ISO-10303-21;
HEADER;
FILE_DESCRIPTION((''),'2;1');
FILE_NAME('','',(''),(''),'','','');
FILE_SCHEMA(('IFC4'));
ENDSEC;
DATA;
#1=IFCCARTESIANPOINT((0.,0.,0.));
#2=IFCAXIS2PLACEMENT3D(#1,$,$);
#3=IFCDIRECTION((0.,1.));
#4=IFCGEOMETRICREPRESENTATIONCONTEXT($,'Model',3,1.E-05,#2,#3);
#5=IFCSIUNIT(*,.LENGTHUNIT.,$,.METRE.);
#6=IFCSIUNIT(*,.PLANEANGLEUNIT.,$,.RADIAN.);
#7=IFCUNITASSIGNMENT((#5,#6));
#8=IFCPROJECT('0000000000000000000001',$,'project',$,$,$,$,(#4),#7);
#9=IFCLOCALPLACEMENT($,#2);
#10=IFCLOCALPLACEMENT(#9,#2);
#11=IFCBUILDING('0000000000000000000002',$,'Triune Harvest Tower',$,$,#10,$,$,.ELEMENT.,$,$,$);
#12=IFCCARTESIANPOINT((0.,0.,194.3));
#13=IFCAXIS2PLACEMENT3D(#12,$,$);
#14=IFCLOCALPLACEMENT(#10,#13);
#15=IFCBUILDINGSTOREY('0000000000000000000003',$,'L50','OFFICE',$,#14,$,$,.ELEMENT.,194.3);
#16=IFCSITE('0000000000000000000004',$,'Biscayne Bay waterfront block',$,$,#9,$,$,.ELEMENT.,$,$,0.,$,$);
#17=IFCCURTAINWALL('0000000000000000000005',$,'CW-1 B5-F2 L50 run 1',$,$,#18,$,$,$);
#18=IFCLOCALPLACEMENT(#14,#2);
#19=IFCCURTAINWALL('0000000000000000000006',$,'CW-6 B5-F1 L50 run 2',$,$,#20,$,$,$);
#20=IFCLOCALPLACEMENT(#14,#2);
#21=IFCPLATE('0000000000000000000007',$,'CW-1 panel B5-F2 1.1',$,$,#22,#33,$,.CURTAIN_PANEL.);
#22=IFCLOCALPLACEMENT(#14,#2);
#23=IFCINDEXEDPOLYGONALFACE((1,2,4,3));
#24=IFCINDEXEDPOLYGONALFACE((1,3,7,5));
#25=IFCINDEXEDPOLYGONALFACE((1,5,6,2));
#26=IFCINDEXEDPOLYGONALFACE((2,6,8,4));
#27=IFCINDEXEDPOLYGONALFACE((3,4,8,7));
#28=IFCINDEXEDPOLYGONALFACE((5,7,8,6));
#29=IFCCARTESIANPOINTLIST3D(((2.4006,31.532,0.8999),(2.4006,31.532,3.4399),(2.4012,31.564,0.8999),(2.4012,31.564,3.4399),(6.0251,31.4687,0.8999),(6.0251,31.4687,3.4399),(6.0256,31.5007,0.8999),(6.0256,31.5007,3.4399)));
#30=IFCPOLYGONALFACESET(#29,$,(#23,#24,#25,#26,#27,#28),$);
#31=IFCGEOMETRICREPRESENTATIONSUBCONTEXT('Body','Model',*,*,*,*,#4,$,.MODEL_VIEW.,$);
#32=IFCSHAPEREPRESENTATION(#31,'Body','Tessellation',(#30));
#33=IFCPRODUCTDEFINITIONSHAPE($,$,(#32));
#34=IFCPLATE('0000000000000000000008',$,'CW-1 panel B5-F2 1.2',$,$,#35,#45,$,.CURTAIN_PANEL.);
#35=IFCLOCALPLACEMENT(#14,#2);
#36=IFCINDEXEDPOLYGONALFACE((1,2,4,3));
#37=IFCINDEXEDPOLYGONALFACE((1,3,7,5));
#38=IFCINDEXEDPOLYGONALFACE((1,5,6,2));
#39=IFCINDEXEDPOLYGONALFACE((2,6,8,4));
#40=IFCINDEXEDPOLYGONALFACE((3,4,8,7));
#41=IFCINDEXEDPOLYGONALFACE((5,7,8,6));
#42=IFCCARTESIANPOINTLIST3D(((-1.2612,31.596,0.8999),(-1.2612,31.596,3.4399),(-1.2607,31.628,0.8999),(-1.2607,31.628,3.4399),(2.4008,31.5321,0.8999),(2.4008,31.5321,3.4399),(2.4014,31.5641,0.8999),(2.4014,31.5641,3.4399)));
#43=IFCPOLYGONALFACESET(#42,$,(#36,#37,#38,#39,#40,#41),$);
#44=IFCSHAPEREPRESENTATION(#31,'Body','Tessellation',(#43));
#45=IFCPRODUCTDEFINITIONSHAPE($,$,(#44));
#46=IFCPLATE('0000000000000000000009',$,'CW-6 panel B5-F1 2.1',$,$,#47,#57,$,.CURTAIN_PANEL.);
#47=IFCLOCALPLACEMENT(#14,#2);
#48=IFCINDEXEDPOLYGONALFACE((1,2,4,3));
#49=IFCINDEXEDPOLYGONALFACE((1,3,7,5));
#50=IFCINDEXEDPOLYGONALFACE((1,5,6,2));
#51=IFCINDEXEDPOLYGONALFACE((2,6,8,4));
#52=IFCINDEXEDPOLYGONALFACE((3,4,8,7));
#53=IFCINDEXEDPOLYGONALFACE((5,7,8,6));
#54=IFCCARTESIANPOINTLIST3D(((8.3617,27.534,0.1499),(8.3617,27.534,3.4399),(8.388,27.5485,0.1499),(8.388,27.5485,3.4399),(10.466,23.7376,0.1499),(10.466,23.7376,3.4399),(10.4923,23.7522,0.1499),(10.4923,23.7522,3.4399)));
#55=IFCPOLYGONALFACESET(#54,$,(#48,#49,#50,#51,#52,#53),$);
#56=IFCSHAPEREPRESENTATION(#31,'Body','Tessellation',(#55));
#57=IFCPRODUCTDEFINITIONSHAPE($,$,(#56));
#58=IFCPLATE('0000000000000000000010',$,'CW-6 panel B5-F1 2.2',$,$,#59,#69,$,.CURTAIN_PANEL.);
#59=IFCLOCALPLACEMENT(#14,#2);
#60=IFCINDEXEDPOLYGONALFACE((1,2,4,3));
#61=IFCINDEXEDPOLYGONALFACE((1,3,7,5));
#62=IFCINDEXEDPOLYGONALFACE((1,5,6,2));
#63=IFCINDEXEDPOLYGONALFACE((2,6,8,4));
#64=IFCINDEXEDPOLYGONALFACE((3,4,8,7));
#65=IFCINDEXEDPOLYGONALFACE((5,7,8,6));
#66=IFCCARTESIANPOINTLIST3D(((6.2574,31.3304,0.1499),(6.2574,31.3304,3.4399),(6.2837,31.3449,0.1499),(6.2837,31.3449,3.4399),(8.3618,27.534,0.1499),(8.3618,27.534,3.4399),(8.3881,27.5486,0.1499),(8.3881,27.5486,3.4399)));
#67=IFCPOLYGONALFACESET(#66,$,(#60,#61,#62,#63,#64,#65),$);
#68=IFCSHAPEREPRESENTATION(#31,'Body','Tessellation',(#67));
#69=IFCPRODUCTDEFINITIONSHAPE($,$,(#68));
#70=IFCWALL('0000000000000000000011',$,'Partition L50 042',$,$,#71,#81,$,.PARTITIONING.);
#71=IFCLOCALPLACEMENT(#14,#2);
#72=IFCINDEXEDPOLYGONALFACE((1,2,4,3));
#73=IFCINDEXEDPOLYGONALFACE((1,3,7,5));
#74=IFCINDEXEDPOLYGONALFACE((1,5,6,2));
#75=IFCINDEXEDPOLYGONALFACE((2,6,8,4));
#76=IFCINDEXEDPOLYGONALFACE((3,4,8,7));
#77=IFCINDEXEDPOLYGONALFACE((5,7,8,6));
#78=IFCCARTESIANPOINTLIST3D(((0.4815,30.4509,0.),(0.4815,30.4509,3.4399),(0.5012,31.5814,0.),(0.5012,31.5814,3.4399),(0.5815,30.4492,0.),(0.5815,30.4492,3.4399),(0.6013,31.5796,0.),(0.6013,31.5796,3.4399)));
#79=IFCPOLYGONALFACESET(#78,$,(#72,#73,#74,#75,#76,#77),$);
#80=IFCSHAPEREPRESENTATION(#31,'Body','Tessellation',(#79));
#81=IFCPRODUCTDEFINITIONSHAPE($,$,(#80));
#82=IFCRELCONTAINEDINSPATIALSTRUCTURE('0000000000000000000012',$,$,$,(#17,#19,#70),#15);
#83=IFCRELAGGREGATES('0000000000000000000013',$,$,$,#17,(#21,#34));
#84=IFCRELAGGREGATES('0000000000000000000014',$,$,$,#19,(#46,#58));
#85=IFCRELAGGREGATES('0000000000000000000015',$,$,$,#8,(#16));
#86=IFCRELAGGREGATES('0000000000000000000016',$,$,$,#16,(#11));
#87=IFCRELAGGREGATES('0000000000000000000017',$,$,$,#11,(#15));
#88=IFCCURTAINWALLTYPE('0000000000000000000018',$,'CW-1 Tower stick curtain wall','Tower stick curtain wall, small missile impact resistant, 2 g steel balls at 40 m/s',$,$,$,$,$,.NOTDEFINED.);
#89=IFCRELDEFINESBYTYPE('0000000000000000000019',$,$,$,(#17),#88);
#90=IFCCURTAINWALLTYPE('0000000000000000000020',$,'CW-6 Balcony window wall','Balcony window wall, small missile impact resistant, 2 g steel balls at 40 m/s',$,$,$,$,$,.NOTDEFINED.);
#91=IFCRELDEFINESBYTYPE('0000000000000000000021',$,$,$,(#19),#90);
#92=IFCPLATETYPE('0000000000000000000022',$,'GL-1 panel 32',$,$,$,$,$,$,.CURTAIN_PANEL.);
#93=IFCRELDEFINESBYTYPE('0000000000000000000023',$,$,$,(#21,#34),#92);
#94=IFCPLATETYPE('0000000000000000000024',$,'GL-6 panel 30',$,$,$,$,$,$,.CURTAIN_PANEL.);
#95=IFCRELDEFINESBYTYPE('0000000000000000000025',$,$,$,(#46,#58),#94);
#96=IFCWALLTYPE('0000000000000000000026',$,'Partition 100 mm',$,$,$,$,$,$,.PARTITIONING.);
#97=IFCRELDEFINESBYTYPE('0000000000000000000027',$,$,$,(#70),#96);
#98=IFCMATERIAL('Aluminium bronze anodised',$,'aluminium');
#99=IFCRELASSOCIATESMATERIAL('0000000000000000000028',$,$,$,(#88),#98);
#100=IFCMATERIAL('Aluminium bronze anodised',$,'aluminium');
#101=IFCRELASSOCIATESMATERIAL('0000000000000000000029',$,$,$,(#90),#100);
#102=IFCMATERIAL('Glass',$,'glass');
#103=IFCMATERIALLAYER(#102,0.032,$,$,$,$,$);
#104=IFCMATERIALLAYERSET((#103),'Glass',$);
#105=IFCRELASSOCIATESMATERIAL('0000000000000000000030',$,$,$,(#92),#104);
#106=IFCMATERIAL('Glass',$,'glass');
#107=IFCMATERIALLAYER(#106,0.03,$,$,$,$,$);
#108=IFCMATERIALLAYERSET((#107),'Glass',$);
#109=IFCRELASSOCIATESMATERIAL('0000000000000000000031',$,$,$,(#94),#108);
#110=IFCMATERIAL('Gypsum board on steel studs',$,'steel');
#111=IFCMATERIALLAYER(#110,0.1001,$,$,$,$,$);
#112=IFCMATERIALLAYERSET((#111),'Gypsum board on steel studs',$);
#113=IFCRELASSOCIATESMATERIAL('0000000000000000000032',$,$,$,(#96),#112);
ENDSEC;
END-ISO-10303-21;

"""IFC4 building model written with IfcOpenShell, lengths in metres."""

from ifc_helpers import new_model, si_unit, direction, frame, frame_2d, origin, origin_2d, place, context, subcontext, project, spatial, rectangle, extrude, source, transform, mapped, material, layer, layer_set, type_object, element, aggregate, save


model = new_model("IFC4")

# Units and contexts
model_context = context("Model", 3, precision=1e-05, world=origin(), true_north=direction((0.0, 1.0)))
body_context = subcontext(model_context, "Body", "Model", "MODEL_VIEW")
ifc_project = project(units=[si_unit("LENGTHUNIT", "METRE"), si_unit("PLANEANGLEUNIT", "RADIAN")], contexts=[model_context])

# Site, building, storey
site_placement = place(None, origin())
site = spatial("IfcSite", under=ifc_project, at=site_placement, Name="Biscayne Bay waterfront block", CompositionType="ELEMENT", RefElevation=0.0)
building_placement = place(site_placement, origin())
building = spatial("IfcBuilding", under=site, at=building_placement, Name="Triune Harvest Tower", CompositionType="ELEMENT")
storey_placement = place(building_placement, frame((0.0, 0.0, 194.3)))
storey = spatial("IfcBuildingStorey", under=building, at=storey_placement, Name="L50", Description="OFFICE", CompositionType="ELEMENT", Elevation=194.3)

# Curtain wall
ifc_material_1 = material(Name="Aluminium bronze anodised", Category="aluminium")
curtain_wall_type_1 = type_object("IfcCurtainWallType", Name="CW-1 Tower stick curtain wall", Description="Tower stick curtain wall, small missile impact resistant, 2 g steel balls at 40 m/s", PredefinedType="NOTDEFINED", material=ifc_material_1)
curtain_wall_1_placement = place(storey_placement, origin())
curtain_wall_1 = element("IfcCurtainWall", 1, at=curtain_wall_1_placement, inside=storey, type_object=curtain_wall_type_1, Name="CW-1 B5-F2 L50 run 1")

# Curtain wall
ifc_material_2 = material(Name="Aluminium bronze anodised", Category="aluminium")
curtain_wall_type_2 = type_object("IfcCurtainWallType", Name="CW-6 Balcony window wall", Description="Balcony window wall, small missile impact resistant, 2 g steel balls at 40 m/s", PredefinedType="NOTDEFINED", material=ifc_material_2)
curtain_wall_2_placement = place(storey_placement, origin())
curtain_wall_2 = element("IfcCurtainWall", 2, at=curtain_wall_2_placement, inside=storey, type_object=curtain_wall_type_2, Name="CW-6 B5-F1 L50 run 2")

# Plates
ifc_material_3 = material(Name="Glass", Category="glass")
ifc_layer_1 = layer(ifc_material_3, 0.032)
ifc_layer_set_1 = layer_set([ifc_layer_1], Name="Glass")
plate_type_1 = type_object("IfcPlateType", Name="GL-1 panel 32", PredefinedType="CURTAIN_PANEL", material=ifc_layer_set_1)
shared_shape_1 = source(origin(), body_context, "Body", "SweptSolid", [
    extrude(rectangle(XDim=3.625, YDim=0.032, at=origin_2d()), origin(), (0.0, 0.0, 1.0), 2.54),
])
plate_1_placement = place(storey_placement, frame((4.2131, 31.5164, 0.8999), z_axis=(0.0, 0.0, 1.0), x_axis=(-0.999848, 0.017446, 0.0)))
plate_1 = element("IfcPlate", 3, at=plate_1_placement, type_object=plate_type_1, Name="CW-1 panel B5-F2 1.1", PredefinedType="CURTAIN_PANEL", context=body_context, shape_type="MappedRepresentation", body=[
    mapped(shared_shape_1, transform((0.0, 0.0, 0.0), scale=1.0)),
])
shared_shape_2 = source(origin(), body_context, "Body", "SweptSolid", [
    extrude(rectangle(XDim=3.6626, YDim=0.032, at=origin_2d()), origin(), (0.0, 0.0, 1.0), 2.54),
])
plate_2_placement = place(storey_placement, frame((0.5701, 31.5801, 0.8999), z_axis=(0.0, 0.0, 1.0), x_axis=(-0.999848, 0.017446, 0.0)))
plate_2 = element("IfcPlate", 4, at=plate_2_placement, type_object=plate_type_1, Name="CW-1 panel B5-F2 1.2", PredefinedType="CURTAIN_PANEL", context=body_context, shape_type="MappedRepresentation", body=[
    mapped(shared_shape_2, transform((0.0, 0.0, 0.0), scale=1.0)),
])
aggregate(curtain_wall_1, [plate_1, plate_2])
ifc_material_4 = material(Name="Glass", Category="glass")
ifc_layer_2 = layer(ifc_material_4, 0.03)
ifc_layer_set_2 = layer_set([ifc_layer_2], Name="Glass")
plate_type_2 = type_object("IfcPlateType", Name="GL-6 panel 30", PredefinedType="CURTAIN_PANEL", material=ifc_layer_set_2)
shared_shape_3 = source(origin(), body_context, "Body", "SweptSolid", [
    extrude(rectangle(XDim=4.3406, YDim=0.03, at=origin_2d()), origin(), (0.0, 0.0, 1.0), 3.29),
])
plate_3_placement = place(storey_placement, frame((9.427, 25.6431, 0.1499), z_axis=(0.0, 0.0, 1.0), x_axis=(-0.484808, 0.87462, 0.0)))
plate_3 = element("IfcPlate", 5, at=plate_3_placement, type_object=plate_type_2, Name="CW-6 panel B5-F1 2.1", PredefinedType="CURTAIN_PANEL", context=body_context, shape_type="MappedRepresentation", body=[
    mapped(shared_shape_3, transform((0.0, 0.0, 0.0), scale=1.0)),
])
plate_4_placement = place(storey_placement, frame((7.3228, 29.4395, 0.1499), z_axis=(0.0, 0.0, 1.0), x_axis=(-0.484808, 0.87462, 0.0)))
plate_4 = element("IfcPlate", 6, at=plate_4_placement, type_object=plate_type_2, Name="CW-6 panel B5-F1 2.2", PredefinedType="CURTAIN_PANEL", context=body_context, shape_type="MappedRepresentation", body=[
    mapped(shared_shape_3, transform((0.0, 0.0, 0.0), scale=1.0)),
])
aggregate(curtain_wall_2, [plate_3, plate_4])

# Wall
ifc_material_5 = material(Name="Gypsum board on steel studs", Category="steel")
ifc_layer_3 = layer(ifc_material_5, 0.1001)
ifc_layer_set_3 = layer_set([ifc_layer_3], Name="Gypsum board on steel studs")
wall_type_1 = type_object("IfcWallType", Name="Partition 100 mm", PredefinedType="PARTITIONING", material=ifc_layer_set_3)
shared_shape_4 = source(origin(), body_context, "Body", "SweptSolid", [
    extrude(rectangle(XDim=1.1306, YDim=0.1001, at=frame_2d((0.5654, 0.0))), origin(), (0.0, 0.0, 1.0), 3.4399),
])
wall_1_placement = place(storey_placement, frame((0.5315, 30.45, 0.0), z_axis=(0.0, 0.0, 1.0), x_axis=(0.017492, 0.999847, 0.0)))
element("IfcWall", 7, at=wall_1_placement, inside=storey, type_object=wall_type_1, Name="Partition L50 042", PredefinedType="PARTITIONING", context=body_context, shape_type="MappedRepresentation", body=[
    mapped(shared_shape_4, transform((0.0, 0.0, 0.0), scale=1.0)),
])

save(model, "model.ifc")
